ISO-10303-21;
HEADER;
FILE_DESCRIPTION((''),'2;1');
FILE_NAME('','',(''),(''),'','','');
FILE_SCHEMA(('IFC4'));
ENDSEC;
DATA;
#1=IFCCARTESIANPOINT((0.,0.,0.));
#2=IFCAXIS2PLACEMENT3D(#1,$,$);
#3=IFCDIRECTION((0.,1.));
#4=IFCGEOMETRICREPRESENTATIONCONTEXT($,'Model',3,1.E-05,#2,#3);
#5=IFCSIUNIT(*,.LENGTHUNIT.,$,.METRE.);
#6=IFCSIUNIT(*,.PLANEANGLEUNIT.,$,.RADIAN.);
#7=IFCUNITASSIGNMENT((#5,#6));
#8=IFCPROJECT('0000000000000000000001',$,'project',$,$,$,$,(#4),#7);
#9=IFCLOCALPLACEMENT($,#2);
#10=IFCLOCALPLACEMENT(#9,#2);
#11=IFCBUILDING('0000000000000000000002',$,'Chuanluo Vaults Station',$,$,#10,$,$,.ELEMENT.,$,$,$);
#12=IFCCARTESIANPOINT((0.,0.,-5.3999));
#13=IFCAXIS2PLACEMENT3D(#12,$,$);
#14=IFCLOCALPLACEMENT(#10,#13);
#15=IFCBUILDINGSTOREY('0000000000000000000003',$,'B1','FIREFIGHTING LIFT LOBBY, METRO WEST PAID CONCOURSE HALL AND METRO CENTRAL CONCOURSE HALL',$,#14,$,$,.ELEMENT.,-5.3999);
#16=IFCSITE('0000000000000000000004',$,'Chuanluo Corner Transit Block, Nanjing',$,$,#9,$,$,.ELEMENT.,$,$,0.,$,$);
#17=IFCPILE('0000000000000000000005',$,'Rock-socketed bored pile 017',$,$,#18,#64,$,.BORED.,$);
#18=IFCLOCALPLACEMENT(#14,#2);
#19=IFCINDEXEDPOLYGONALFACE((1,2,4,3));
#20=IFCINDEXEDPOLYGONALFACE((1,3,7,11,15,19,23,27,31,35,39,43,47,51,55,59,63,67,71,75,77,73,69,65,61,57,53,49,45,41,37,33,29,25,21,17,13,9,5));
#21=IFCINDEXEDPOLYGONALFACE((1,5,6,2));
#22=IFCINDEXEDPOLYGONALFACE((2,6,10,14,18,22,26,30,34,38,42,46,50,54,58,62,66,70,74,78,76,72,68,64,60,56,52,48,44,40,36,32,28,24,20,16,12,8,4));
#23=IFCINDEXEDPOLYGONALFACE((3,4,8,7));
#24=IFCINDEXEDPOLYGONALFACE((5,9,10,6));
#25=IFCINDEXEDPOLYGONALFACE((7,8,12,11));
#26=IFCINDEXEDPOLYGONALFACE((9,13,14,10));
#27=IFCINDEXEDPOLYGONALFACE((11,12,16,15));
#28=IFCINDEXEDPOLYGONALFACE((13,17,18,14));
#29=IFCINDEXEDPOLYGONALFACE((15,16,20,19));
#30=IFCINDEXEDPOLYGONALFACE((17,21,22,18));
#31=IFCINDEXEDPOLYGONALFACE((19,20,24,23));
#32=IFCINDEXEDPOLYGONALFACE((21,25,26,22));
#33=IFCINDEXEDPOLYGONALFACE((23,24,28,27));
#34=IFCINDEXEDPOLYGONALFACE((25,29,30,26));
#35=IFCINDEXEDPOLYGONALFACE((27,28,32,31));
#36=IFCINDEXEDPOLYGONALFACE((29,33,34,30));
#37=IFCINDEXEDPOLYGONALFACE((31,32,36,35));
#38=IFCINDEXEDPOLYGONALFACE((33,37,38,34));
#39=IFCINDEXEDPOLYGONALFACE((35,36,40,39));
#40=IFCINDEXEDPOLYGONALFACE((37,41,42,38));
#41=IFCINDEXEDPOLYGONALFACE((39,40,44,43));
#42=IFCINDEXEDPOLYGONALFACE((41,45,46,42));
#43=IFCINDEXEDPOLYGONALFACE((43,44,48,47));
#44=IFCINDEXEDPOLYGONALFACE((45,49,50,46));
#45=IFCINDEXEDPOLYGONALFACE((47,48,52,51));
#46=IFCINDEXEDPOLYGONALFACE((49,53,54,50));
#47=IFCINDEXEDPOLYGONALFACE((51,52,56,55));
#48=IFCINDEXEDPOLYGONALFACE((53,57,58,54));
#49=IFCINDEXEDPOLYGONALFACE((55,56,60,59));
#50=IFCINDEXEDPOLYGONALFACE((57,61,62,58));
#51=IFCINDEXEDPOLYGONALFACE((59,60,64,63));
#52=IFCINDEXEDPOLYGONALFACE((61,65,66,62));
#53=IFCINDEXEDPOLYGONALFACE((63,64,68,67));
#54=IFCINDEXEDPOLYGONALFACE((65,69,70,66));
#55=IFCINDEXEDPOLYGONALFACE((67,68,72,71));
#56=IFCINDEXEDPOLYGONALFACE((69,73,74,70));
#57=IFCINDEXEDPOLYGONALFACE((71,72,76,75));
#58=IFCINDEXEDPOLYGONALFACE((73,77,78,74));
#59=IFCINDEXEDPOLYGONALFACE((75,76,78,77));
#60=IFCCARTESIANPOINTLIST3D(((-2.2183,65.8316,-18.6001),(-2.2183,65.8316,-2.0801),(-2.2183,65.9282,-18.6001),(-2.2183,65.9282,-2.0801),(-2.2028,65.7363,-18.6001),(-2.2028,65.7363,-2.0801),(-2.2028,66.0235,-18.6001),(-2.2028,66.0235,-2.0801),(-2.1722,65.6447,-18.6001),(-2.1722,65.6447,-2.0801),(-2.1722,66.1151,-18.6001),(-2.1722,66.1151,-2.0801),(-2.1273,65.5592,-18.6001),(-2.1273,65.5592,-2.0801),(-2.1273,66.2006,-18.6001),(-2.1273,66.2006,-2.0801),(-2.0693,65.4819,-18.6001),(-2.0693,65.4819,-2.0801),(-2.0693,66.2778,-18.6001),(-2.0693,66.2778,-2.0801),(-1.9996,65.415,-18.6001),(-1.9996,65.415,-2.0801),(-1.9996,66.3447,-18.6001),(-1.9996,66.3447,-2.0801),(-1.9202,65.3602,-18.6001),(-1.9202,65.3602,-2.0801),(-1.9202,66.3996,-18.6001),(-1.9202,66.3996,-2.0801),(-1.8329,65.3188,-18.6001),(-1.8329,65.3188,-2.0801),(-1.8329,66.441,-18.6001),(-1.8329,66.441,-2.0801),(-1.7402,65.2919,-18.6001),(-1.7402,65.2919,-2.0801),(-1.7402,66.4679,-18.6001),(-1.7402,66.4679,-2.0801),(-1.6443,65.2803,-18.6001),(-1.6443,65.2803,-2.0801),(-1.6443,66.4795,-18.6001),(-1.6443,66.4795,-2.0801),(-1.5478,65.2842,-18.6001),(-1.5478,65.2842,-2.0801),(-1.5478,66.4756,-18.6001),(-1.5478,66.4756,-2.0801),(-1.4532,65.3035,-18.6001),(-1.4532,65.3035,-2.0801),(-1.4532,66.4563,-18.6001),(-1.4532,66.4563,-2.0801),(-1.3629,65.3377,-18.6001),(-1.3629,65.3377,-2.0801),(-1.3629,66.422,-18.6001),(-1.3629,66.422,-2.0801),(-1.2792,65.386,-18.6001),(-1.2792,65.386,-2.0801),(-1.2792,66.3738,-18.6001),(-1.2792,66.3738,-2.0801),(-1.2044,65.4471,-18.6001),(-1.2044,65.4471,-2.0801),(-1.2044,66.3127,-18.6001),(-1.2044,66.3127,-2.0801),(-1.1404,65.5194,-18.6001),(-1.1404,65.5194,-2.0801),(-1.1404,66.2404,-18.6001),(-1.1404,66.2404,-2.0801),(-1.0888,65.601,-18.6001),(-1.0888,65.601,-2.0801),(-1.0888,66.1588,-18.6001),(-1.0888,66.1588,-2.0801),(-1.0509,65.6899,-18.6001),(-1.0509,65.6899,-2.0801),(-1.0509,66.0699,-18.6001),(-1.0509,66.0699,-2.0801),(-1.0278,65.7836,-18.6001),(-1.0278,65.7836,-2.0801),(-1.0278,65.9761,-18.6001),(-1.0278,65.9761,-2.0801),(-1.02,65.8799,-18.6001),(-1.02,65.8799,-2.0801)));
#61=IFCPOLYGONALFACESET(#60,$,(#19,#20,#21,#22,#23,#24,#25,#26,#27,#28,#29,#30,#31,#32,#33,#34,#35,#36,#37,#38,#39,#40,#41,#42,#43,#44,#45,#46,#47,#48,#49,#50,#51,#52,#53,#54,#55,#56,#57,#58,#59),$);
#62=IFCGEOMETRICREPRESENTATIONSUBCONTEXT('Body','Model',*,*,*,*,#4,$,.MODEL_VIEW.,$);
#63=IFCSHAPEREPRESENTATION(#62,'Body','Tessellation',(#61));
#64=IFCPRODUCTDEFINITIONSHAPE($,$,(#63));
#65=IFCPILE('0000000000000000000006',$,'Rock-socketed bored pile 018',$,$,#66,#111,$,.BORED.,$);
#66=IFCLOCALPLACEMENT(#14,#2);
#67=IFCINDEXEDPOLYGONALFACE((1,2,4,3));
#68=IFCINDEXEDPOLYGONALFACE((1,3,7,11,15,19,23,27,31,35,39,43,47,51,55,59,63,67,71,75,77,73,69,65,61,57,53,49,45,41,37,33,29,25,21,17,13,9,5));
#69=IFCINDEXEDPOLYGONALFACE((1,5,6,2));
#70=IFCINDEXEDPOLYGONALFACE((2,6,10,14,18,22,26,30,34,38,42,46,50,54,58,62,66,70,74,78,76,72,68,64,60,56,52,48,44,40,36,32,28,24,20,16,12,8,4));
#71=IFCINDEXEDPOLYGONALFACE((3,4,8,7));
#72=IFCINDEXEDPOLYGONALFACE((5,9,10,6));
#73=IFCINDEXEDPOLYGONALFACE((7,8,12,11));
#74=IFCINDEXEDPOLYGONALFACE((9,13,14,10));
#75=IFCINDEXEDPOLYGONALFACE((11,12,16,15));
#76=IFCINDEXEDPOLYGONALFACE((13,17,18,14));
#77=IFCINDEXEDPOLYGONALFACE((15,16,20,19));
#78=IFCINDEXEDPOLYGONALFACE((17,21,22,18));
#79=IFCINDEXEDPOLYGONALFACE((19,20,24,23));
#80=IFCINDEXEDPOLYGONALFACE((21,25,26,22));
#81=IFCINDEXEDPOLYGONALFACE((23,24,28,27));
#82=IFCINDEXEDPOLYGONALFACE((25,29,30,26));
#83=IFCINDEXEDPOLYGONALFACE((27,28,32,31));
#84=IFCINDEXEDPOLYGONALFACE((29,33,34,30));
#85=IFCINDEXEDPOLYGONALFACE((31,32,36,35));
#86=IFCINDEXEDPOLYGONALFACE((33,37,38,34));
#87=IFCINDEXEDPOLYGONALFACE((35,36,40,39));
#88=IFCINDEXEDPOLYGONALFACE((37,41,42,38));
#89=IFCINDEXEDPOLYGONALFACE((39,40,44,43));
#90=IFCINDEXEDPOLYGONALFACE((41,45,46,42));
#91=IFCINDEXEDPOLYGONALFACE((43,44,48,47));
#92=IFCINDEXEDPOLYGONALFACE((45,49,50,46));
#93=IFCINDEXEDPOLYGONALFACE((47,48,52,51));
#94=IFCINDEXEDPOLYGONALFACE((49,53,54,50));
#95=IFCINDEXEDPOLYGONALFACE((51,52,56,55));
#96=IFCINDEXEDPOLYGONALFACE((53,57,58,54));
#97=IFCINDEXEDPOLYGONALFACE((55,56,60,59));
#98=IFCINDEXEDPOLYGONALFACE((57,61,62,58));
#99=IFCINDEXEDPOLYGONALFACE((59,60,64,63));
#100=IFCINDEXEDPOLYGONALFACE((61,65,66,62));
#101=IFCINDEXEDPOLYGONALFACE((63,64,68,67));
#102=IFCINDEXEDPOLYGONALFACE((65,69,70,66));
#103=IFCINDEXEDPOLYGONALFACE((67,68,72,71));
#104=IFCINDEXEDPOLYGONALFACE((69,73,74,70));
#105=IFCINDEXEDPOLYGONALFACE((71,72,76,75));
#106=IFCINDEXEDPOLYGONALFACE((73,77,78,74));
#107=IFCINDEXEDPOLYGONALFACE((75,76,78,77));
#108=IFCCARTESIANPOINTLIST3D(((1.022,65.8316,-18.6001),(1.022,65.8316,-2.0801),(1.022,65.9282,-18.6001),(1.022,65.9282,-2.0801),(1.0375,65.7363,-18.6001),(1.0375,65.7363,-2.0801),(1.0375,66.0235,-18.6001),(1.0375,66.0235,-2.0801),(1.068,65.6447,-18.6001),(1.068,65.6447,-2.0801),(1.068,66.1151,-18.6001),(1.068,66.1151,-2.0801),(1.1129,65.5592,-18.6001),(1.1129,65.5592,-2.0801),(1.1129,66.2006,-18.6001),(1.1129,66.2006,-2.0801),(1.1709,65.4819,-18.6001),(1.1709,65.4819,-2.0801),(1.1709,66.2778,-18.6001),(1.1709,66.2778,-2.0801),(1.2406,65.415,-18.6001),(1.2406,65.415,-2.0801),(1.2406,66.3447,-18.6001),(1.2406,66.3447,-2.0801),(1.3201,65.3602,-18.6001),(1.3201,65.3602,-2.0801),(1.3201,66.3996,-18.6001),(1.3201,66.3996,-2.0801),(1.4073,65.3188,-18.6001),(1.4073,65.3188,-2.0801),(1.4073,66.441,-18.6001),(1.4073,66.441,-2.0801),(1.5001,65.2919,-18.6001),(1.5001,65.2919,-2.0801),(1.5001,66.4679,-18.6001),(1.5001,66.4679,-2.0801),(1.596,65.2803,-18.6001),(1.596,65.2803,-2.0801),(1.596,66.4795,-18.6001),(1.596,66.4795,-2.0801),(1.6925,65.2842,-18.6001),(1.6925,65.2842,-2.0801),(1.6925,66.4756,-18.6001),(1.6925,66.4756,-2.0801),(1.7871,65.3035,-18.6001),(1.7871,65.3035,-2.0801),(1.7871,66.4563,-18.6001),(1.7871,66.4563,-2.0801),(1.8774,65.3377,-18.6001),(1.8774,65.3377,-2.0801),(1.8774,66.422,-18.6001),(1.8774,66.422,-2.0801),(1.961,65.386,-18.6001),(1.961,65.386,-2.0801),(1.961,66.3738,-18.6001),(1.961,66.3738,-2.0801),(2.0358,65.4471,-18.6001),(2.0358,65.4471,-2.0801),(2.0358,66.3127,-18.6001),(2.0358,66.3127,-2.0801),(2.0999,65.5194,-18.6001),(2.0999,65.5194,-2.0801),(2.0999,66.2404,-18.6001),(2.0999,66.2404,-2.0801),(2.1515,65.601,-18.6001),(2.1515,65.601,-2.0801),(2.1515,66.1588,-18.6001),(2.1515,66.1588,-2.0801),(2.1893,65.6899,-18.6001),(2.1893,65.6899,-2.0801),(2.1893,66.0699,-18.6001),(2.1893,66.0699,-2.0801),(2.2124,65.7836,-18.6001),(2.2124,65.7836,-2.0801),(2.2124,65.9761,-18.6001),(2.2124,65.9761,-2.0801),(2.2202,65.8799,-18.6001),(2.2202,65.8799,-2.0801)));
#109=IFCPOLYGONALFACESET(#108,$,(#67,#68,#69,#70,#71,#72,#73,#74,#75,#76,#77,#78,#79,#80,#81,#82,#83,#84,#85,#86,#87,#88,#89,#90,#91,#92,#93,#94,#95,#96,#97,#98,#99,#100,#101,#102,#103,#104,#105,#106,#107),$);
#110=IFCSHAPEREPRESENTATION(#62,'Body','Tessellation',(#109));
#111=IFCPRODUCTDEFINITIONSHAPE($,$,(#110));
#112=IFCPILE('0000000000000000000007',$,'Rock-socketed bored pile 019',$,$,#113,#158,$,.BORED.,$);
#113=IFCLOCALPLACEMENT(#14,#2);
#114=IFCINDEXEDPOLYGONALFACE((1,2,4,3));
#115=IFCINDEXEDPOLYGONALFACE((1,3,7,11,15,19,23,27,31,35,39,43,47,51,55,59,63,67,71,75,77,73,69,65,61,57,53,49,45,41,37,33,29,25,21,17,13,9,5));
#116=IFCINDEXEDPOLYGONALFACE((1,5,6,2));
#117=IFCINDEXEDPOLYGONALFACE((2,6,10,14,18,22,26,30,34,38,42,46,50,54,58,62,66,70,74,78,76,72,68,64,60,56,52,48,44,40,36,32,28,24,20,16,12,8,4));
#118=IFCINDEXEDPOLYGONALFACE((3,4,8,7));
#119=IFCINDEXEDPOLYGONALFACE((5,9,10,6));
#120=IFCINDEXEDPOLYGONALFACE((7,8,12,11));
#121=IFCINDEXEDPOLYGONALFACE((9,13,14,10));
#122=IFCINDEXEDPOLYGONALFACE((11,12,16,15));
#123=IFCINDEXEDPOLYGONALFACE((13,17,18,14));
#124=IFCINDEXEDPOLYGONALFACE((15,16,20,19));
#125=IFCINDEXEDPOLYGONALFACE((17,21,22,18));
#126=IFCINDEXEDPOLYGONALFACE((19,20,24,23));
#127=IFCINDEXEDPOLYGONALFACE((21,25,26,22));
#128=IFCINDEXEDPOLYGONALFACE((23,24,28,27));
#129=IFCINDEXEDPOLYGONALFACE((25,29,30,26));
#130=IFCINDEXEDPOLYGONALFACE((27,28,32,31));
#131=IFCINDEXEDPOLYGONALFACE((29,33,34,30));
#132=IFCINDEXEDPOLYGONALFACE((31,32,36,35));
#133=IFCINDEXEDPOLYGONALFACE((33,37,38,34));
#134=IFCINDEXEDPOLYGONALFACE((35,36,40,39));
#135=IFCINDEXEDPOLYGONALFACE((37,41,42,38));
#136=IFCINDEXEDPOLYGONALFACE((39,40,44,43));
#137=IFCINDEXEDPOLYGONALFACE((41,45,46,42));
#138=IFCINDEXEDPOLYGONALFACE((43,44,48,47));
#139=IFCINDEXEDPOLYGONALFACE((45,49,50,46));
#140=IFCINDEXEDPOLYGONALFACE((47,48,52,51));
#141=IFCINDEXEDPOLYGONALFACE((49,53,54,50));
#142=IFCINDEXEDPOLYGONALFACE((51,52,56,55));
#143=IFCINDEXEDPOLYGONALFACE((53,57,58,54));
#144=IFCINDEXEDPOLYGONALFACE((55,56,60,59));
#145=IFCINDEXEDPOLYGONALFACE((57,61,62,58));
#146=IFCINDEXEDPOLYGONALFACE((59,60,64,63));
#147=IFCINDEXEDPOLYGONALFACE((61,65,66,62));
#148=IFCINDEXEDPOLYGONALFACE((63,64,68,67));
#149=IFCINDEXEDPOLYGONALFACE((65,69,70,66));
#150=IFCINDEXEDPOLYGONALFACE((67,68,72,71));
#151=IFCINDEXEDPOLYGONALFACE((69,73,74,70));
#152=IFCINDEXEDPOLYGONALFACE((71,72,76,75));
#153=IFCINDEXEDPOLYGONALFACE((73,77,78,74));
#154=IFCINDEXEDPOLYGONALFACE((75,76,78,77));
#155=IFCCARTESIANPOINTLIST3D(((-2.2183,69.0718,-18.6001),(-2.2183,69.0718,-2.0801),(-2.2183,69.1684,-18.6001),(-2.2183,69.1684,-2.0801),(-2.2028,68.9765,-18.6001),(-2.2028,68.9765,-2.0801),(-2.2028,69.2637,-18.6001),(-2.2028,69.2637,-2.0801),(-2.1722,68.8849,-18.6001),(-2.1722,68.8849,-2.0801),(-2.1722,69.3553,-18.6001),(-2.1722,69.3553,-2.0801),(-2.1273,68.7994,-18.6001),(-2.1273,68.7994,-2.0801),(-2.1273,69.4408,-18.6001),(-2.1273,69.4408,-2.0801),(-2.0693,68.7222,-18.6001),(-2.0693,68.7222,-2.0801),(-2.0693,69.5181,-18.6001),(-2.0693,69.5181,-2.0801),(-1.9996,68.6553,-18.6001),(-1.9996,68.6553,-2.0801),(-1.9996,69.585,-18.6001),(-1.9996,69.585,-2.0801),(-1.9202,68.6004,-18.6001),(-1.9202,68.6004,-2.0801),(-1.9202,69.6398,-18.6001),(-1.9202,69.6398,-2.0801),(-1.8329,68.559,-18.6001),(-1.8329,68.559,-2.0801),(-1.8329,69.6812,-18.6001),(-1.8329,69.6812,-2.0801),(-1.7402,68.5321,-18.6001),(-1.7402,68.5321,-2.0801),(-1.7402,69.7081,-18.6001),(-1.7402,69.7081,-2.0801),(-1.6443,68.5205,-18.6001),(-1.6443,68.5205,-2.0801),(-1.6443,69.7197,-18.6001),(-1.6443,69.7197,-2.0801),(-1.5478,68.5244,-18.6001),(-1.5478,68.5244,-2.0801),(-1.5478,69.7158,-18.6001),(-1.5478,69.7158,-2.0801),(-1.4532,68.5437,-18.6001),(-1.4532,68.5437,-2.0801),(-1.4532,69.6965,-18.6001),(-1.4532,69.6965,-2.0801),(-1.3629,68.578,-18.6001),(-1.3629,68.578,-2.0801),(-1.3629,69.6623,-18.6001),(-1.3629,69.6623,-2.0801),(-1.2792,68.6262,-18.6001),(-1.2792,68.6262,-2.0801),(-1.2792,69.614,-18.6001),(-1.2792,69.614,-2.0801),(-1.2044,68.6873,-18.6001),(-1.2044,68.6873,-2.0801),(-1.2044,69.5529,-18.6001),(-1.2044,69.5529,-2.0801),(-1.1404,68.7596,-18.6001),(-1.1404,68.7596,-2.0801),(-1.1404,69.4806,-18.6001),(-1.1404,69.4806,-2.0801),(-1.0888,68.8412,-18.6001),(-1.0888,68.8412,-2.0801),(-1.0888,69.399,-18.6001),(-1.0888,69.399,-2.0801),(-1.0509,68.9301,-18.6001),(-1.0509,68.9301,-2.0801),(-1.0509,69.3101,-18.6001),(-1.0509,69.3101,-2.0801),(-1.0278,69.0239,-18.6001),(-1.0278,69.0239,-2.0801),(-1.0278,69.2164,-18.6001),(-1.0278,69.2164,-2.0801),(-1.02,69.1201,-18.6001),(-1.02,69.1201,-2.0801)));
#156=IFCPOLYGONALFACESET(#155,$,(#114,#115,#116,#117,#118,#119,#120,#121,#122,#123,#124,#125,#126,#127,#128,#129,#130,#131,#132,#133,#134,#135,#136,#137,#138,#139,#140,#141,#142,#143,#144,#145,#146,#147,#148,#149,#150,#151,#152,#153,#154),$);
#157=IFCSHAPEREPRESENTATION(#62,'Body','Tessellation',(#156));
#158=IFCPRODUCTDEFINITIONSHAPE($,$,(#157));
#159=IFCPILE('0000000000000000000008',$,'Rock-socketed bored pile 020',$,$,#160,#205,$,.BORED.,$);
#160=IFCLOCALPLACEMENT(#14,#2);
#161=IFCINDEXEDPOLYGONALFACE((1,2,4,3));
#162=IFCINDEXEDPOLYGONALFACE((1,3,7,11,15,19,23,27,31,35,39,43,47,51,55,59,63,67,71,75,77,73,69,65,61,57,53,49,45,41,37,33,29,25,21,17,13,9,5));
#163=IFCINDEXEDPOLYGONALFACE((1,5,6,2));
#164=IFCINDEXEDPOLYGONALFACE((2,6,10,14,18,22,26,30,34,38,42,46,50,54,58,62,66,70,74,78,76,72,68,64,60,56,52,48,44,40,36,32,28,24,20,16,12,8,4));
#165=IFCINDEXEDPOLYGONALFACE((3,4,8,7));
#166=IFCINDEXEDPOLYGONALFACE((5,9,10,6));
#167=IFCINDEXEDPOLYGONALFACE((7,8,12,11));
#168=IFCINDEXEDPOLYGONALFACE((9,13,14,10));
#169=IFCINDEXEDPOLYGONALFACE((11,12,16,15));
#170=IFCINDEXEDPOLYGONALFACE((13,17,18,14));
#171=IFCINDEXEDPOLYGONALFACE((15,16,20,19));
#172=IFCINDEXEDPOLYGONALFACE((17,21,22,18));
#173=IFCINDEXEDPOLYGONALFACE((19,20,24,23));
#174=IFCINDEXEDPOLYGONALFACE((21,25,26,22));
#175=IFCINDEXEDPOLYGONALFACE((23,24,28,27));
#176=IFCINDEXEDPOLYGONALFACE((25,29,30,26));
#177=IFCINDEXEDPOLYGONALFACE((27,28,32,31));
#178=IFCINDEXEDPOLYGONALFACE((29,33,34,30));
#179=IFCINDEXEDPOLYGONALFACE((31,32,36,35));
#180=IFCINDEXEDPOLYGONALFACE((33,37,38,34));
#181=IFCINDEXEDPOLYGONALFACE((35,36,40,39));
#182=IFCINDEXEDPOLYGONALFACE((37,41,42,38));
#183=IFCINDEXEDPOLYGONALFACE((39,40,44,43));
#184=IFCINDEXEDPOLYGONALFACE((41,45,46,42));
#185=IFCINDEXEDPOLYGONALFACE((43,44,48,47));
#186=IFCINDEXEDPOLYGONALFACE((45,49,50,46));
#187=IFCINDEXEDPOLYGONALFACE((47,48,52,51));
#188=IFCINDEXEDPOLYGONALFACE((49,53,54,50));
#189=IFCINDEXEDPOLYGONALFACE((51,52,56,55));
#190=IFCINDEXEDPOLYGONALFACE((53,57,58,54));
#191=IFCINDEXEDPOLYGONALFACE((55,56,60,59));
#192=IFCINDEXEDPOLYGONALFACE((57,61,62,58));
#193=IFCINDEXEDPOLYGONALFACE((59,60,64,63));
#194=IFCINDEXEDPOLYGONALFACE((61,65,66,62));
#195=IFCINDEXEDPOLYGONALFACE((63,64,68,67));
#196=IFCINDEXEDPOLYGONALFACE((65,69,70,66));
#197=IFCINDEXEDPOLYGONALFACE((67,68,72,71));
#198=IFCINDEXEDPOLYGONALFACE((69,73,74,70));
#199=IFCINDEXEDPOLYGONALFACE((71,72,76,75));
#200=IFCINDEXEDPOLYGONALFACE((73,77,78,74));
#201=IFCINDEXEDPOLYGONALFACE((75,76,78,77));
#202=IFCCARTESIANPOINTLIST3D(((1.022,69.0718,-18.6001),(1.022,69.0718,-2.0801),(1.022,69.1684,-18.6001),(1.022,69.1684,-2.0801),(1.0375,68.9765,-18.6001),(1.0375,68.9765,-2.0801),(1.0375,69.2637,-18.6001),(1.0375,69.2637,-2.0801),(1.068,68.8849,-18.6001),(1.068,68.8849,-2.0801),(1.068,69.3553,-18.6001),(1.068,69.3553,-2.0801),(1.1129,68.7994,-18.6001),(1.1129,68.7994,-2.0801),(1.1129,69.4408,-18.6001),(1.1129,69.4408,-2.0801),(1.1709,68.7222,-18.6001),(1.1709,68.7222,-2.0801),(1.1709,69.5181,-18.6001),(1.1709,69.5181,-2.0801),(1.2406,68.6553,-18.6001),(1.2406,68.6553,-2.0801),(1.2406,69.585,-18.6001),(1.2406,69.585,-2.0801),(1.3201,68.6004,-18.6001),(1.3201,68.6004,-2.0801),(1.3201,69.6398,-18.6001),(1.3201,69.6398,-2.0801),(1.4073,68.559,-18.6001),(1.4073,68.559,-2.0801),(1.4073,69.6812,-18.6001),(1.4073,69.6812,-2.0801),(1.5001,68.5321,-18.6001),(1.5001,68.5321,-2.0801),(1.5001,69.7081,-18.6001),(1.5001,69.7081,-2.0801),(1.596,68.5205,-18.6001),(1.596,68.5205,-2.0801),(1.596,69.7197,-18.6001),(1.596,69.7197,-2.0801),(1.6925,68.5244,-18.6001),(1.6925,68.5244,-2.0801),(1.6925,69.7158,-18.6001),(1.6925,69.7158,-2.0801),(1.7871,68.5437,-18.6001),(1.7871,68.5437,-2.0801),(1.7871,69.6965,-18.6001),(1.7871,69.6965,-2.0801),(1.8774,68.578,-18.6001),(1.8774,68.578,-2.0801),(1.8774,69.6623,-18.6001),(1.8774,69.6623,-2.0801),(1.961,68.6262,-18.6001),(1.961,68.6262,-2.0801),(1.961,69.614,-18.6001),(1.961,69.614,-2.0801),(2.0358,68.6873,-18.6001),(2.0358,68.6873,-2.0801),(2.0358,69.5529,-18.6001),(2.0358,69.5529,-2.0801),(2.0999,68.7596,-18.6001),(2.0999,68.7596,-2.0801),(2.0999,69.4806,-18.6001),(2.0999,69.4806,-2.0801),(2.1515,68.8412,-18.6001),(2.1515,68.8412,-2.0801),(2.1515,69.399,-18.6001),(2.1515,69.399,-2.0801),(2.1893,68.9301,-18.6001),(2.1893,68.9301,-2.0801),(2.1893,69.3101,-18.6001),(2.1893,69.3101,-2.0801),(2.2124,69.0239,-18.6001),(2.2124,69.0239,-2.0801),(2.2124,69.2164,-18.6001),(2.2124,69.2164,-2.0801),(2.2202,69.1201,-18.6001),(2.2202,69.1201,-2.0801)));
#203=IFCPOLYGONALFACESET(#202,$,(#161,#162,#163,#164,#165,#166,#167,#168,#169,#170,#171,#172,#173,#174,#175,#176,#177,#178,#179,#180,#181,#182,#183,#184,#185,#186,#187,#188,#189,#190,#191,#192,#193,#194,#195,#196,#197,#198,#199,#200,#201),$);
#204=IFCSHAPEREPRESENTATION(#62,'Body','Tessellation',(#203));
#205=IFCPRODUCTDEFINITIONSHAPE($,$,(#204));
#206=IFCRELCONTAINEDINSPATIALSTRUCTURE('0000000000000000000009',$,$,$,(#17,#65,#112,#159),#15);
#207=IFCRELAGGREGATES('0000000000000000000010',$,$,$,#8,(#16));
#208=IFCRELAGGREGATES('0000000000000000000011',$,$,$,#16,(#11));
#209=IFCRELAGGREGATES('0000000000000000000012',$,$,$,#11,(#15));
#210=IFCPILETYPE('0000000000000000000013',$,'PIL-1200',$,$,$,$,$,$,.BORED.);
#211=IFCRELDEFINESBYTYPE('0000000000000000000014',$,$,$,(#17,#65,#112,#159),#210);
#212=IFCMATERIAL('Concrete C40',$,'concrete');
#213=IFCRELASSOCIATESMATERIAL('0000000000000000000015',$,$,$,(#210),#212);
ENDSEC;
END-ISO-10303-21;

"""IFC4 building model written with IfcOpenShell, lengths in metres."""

from ifc_helpers import new_model, si_unit, direction, frame, origin, origin_2d, place, context, subcontext, project, spatial, circle, extrude, material, material_profile, profile_set, type_object, element, save


model = new_model("IFC4")

# Units and contexts
model_context = context("Model", 3, precision=1e-05, world=origin(), true_north=direction((0.0, 1.0)))
body_context = subcontext(model_context, "Body", "Model", "MODEL_VIEW")
ifc_project = project(units=[si_unit("LENGTHUNIT", "METRE"), si_unit("PLANEANGLEUNIT", "RADIAN")], contexts=[model_context])

# Site, building, storey
site_placement = place(None, origin())
site = spatial("IfcSite", under=ifc_project, at=site_placement, Name="Chuanluo Corner Transit Block, Nanjing", CompositionType="ELEMENT", RefElevation=0.0)
building_placement = place(site_placement, origin())
building = spatial("IfcBuilding", under=site, at=building_placement, Name="Chuanluo Vaults Station", CompositionType="ELEMENT")
storey_placement = place(building_placement, frame((0.0, 0.0, -5.3999)))
storey = spatial("IfcBuildingStorey", under=building, at=storey_placement, Name="B1", Description="FIREFIGHTING LIFT LOBBY, METRO WEST PAID CONCOURSE HALL AND METRO CENTRAL CONCOURSE HALL", CompositionType="ELEMENT", Elevation=-5.3999)

# Piles
ifc_material_1 = material(Name="Concrete C40", Category="concrete")
ifc_material_profile_1 = material_profile(ifc_material_1, circle(Radius=0.6001, at=origin_2d()))
ifc_profile_set_1 = profile_set([ifc_material_profile_1], Name="Concrete C40")
pile_type_1 = type_object("IfcPileType", Name="PIL-1200", PredefinedType="BORED", material=ifc_profile_set_1)
for number, where, z_axis, x_axis, name in (
    (1, (-1.6201, 65.8799, -2.0801), (0.0, 0.0, -1.0), (1.0, 0.0, 0.0), "Rock-socketed bored pile 017"),
    (2, (1.6201, 65.8799, -2.0801), (0.0, 0.0, -1.0), (1.0, 0.0, 0.0), "Rock-socketed bored pile 018"),
    (3, (-1.6201, 69.1201, -2.0801), (0.0, 0.0, -1.0), (1.0, 0.0, 0.0), "Rock-socketed bored pile 019"),
    (4, (1.6201, 69.1201, -2.0801), (0.0, 0.0, -1.0), (1.0, 0.0, 0.0), "Rock-socketed bored pile 020"),
):
    element("IfcPile", number, at=place(storey_placement, frame(where, z_axis=z_axis, x_axis=x_axis)), inside=storey, type_object=pile_type_1, Name=name, PredefinedType="BORED", context=body_context, shape_type="SweptSolid", body=[
        extrude(circle(Radius=0.6001, at=origin_2d()), origin(), (0.0, 0.0, 1.0), 16.52),
    ])

save(model, "model.ifc")
